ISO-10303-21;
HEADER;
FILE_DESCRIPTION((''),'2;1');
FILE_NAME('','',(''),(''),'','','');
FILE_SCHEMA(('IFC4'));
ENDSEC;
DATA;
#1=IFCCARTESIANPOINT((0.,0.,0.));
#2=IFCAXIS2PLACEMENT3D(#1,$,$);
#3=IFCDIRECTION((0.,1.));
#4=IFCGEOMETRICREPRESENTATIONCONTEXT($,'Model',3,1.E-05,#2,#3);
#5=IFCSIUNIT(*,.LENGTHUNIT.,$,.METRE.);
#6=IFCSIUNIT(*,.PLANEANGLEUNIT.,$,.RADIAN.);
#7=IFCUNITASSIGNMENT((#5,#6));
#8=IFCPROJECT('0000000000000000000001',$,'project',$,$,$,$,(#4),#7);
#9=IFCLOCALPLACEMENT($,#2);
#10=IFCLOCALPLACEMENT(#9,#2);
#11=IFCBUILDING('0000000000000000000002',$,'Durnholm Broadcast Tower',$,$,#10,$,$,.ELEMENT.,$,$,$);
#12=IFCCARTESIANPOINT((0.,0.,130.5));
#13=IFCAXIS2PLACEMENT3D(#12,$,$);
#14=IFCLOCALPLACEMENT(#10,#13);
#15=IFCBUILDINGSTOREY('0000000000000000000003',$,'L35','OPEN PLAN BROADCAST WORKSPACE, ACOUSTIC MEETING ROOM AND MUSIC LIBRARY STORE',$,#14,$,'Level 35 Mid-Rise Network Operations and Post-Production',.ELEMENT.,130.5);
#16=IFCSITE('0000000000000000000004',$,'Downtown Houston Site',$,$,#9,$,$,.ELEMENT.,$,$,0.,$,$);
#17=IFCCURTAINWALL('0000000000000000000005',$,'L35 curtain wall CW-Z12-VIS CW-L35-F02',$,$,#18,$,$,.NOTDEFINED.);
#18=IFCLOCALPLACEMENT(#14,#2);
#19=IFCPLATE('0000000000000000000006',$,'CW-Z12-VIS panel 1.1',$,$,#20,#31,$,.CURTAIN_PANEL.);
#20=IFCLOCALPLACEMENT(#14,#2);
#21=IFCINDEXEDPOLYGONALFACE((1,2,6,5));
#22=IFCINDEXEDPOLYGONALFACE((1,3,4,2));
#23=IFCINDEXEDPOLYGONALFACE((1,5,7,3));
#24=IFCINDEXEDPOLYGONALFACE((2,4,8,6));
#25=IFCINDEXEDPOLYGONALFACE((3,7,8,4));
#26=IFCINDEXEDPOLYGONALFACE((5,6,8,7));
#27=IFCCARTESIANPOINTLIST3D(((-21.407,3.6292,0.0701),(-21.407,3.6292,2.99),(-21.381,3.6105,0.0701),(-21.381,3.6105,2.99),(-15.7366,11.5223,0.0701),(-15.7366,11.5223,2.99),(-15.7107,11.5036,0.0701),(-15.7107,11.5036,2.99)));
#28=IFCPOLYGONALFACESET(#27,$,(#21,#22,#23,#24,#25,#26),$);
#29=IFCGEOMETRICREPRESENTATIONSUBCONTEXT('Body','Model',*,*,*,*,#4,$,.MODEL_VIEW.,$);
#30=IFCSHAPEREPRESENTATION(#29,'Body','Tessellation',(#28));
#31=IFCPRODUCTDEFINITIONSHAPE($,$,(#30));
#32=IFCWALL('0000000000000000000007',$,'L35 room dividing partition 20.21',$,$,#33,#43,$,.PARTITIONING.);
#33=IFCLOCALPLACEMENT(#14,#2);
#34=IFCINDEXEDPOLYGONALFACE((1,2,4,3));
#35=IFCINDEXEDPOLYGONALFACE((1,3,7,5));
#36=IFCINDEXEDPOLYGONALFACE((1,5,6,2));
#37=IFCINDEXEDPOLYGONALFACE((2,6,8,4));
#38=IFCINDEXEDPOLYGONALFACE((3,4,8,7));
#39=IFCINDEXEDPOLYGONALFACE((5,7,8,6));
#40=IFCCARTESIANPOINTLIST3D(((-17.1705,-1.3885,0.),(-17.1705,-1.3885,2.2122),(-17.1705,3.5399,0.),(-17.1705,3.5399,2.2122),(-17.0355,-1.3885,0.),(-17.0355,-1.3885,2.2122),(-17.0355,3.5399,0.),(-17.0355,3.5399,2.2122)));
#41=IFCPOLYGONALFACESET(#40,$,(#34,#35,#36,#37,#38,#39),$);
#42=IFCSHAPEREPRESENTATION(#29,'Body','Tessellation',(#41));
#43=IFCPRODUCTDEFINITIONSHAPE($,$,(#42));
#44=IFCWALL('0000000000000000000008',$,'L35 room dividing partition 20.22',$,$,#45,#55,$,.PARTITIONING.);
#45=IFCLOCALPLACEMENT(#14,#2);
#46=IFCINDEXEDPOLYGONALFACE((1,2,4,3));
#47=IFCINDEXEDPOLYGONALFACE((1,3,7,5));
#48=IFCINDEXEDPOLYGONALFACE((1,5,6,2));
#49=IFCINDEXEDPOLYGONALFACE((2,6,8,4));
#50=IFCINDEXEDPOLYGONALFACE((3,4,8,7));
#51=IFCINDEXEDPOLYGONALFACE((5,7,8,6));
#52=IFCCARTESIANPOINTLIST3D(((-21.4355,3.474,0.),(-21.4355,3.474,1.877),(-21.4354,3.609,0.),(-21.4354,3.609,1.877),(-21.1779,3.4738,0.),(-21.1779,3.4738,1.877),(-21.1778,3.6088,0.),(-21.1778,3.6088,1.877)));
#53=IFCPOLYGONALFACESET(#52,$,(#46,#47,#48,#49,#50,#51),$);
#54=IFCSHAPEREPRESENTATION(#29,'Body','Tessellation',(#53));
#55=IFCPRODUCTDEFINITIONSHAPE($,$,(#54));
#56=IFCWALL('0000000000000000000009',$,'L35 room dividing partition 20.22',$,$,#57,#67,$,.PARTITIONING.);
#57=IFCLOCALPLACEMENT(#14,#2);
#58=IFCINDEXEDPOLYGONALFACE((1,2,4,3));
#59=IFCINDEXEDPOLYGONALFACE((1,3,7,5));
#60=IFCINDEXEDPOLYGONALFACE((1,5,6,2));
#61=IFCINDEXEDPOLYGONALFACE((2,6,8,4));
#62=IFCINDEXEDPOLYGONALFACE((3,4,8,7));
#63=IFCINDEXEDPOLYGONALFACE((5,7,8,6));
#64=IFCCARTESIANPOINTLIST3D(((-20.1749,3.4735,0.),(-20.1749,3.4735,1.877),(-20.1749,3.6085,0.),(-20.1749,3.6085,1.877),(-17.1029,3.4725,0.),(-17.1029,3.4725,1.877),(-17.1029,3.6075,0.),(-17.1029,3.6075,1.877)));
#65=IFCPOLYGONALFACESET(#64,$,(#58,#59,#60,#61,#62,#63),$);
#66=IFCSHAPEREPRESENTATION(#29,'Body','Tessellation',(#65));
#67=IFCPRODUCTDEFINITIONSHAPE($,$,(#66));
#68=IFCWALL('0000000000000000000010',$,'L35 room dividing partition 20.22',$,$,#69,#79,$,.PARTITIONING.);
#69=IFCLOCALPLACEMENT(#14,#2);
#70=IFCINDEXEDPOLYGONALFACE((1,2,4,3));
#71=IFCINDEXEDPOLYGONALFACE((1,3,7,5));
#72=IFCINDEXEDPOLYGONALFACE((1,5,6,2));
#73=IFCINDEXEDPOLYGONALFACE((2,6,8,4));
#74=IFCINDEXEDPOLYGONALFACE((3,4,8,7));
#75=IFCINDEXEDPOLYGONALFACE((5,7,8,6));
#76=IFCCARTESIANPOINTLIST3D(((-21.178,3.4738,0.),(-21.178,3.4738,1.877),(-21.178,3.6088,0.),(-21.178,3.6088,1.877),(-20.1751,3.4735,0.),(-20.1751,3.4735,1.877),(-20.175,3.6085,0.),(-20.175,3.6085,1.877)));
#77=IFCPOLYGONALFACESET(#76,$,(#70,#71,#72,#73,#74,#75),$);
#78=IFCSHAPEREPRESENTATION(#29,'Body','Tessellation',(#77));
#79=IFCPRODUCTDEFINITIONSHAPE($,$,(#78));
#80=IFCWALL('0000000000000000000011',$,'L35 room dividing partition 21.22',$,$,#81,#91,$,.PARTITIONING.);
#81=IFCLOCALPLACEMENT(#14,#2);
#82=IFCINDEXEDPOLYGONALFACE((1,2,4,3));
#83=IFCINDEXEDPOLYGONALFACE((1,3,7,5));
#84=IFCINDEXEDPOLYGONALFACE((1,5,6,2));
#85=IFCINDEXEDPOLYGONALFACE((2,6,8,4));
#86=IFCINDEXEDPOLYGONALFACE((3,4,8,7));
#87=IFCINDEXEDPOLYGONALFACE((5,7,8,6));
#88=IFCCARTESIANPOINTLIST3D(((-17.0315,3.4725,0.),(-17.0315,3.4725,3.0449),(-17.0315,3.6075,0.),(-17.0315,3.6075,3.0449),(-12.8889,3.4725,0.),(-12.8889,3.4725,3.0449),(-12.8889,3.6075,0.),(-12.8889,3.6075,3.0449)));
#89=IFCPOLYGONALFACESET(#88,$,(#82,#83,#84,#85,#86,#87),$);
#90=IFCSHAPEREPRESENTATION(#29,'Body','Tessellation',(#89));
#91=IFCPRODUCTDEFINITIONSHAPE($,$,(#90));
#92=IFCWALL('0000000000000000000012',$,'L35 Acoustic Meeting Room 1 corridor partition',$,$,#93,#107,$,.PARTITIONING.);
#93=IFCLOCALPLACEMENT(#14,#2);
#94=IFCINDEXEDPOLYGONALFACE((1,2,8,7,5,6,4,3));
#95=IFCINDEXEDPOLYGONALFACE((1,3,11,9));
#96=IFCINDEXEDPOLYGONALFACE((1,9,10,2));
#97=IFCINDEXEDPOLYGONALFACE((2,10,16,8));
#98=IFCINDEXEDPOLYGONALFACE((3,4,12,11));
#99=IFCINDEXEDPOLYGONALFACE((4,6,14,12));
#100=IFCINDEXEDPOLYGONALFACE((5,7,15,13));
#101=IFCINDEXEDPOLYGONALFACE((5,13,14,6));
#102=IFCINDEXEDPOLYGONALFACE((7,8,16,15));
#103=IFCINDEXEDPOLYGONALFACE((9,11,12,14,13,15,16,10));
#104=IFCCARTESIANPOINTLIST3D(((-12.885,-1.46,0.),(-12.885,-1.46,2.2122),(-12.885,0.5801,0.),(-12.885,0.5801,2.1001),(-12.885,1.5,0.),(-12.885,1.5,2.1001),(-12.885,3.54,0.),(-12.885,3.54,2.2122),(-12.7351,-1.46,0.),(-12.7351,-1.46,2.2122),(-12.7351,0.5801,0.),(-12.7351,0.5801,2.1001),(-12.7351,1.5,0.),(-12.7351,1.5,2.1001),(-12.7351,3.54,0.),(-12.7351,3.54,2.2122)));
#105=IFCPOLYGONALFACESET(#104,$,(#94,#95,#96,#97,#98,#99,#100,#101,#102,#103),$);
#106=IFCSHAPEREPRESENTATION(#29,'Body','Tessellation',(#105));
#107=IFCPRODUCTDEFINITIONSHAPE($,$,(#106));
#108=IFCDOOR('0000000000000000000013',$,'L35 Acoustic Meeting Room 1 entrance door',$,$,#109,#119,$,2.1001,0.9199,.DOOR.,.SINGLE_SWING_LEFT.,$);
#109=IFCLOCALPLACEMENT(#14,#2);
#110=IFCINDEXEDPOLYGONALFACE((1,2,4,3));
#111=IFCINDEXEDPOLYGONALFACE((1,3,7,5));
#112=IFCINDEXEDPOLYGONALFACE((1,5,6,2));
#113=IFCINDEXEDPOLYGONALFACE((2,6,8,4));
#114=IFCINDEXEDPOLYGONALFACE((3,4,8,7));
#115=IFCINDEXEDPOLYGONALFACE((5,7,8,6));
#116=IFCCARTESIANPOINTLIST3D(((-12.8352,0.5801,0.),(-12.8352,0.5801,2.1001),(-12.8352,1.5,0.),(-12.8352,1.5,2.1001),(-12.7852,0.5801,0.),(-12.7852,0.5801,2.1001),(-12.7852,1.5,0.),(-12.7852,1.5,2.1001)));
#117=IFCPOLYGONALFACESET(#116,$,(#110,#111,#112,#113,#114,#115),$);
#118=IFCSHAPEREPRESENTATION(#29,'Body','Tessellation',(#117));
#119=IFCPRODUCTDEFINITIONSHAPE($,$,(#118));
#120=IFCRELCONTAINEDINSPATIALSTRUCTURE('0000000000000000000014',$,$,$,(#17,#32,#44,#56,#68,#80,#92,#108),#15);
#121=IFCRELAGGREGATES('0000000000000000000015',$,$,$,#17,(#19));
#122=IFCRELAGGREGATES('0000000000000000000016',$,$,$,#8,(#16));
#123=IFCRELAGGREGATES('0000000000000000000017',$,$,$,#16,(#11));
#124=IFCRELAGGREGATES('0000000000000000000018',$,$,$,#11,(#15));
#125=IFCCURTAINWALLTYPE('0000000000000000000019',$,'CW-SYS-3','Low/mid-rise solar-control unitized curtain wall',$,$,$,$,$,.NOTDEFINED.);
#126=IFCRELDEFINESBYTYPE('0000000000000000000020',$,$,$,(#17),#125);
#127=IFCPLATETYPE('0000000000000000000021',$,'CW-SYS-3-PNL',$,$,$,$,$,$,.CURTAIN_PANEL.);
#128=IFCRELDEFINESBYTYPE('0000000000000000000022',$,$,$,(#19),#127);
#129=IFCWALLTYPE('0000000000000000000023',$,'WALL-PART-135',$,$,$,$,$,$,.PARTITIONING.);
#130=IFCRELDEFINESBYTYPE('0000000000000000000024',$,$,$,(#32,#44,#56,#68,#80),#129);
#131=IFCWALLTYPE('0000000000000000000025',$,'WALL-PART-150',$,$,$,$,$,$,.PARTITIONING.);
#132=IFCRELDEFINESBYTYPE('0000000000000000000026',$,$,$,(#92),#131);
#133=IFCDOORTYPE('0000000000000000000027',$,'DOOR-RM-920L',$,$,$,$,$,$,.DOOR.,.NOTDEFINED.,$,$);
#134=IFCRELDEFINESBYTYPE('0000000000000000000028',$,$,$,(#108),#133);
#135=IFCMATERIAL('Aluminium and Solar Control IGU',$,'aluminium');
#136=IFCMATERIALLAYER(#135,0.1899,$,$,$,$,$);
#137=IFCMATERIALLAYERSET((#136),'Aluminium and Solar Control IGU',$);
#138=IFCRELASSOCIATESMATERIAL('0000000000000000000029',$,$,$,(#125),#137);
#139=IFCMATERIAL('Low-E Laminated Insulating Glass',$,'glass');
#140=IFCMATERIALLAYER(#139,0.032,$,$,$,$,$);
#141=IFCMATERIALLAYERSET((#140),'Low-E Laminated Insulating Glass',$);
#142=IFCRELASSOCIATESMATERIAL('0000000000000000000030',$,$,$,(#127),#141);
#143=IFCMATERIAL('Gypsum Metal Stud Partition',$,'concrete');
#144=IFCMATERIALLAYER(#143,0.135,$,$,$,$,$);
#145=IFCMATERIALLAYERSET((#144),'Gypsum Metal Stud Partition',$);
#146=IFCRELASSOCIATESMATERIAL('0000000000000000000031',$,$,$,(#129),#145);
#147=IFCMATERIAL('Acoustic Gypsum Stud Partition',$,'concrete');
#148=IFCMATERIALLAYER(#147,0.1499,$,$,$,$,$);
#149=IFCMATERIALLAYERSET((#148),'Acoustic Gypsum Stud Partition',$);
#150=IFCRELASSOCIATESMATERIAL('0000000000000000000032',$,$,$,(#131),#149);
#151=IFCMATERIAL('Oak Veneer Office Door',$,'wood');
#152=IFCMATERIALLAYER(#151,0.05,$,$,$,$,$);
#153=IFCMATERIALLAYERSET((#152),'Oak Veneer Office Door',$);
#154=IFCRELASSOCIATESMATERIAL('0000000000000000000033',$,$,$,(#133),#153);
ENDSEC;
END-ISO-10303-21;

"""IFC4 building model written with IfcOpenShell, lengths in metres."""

from ifc_helpers import new_model, si_unit, direction, frame, frame_2d, origin, origin_2d, place, context, subcontext, project, spatial, rectangle, extrude, source, transform, mapped, material, layer, layer_set, type_object, type_shapes, element, fill, aggregate, save


model = new_model("IFC4")

# Units and contexts
model_context = context("Model", 3, precision=1e-05, world=origin(), true_north=direction((0.0, 1.0)))
body_context = subcontext(model_context, "Body", "Model", "MODEL_VIEW")
ifc_project = project(units=[si_unit("LENGTHUNIT", "METRE"), si_unit("PLANEANGLEUNIT", "RADIAN")], contexts=[model_context])

# Site, building, storey
site_placement = place(None, origin())
site = spatial("IfcSite", under=ifc_project, at=site_placement, Name="Downtown Houston Site", CompositionType="ELEMENT", RefElevation=0.0)
building_placement = place(site_placement, origin())
building = spatial("IfcBuilding", under=site, at=building_placement, Name="Durnholm Broadcast Tower", CompositionType="ELEMENT")
storey_placement = place(building_placement, frame((0.0, 0.0, 130.5)))
storey = spatial("IfcBuildingStorey", under=building, at=storey_placement, Name="L35", Description="OPEN PLAN BROADCAST WORKSPACE, ACOUSTIC MEETING ROOM AND MUSIC LIBRARY STORE", LongName="Level 35 Mid-Rise Network Operations and Post-Production", CompositionType="ELEMENT", Elevation=130.5)

# Shared definitions
ifc_material_1 = material(Name="Aluminium and Solar Control IGU", Category="aluminium")

# Curtain wall
ifc_layer_1 = layer(ifc_material_1, 0.1899)
ifc_layer_set_1 = layer_set([ifc_layer_1], Name="Aluminium and Solar Control IGU")
curtain_wall_type_1 = type_object("IfcCurtainWallType", Name="CW-SYS-3", Description="Low/mid-rise solar-control unitized curtain wall", PredefinedType="NOTDEFINED", material=ifc_layer_set_1)
curtain_wall_1_placement = place(storey_placement, origin())
curtain_wall_1 = element("IfcCurtainWall", 1, at=curtain_wall_1_placement, inside=storey, type_object=curtain_wall_type_1, Name="L35 curtain wall CW-Z12-VIS CW-L35-F02", PredefinedType="NOTDEFINED")

# Plate
ifc_material_2 = material(Name="Low-E Laminated Insulating Glass", Category="glass")
ifc_layer_2 = layer(ifc_material_2, 0.032)
ifc_layer_set_2 = layer_set([ifc_layer_2], Name="Low-E Laminated Insulating Glass")
plate_type_1 = type_object("IfcPlateType", Name="CW-SYS-3-PNL", PredefinedType="CURTAIN_PANEL", material=ifc_layer_set_2)
shared_shape_1 = source(origin(), body_context, "Body", "SweptSolid", [
    extrude(rectangle(XDim=9.7188, YDim=0.032, at=origin_2d()), origin(), (0.0, 0.0, 1.0), 2.9199),
])
type_shapes(plate_type_1, [shared_shape_1])
plate_1_placement = place(storey_placement, frame((-18.5588, 7.5664, 0.0701), z_axis=(0.0, 0.0, 1.0), x_axis=(0.583445, 0.812152, 0.0)))
plate_1 = element("IfcPlate", 2, at=plate_1_placement, type_object=plate_type_1, Name="CW-Z12-VIS panel 1.1", PredefinedType="CURTAIN_PANEL", context=body_context, shape_type="MappedRepresentation", body=[
    mapped(shared_shape_1, transform((0.0, 0.0, 0.0), x_axis=(1.0, 0.0, 0.0), y_axis=(0.0, 1.0, 0.0), z_axis=(0.0, 0.0, 1.0), scale=1.0)),
])
aggregate(curtain_wall_1, [plate_1])

# Walls
ifc_material_3 = material(Name="Gypsum Metal Stud Partition", Category="concrete")
ifc_layer_3 = layer(ifc_material_3, 0.135)
ifc_layer_set_3 = layer_set([ifc_layer_3], Name="Gypsum Metal Stud Partition")
wall_type_1 = type_object("IfcWallType", Name="WALL-PART-135", PredefinedType="PARTITIONING", material=ifc_layer_set_3)
wall_1_placement = place(storey_placement, frame((-17.103, 3.54, 0.0), z_axis=(0.0, 0.0, 1.0), x_axis=(0.0, -1.0, 0.0)))
element("IfcWall", 3, at=wall_1_placement, inside=storey, type_object=wall_type_1, Name="L35 room dividing partition 20.21", PredefinedType="PARTITIONING", context=body_context, shape_type="SweptSolid", body=[
    extrude(rectangle(XDim=4.9285, YDim=0.135, at=frame_2d((2.4644, 0.0))), origin(), (0.0, 0.0, 1.0), 2.2122),
])
wall_2_placement = place(storey_placement, frame((-21.4355, 3.5415, 0.0), z_axis=(0.0, 0.0, 1.0), x_axis=(1.0, -0.000948, 0.0)))
element("IfcWall", 4, at=wall_2_placement, inside=storey, type_object=wall_type_1, Name="L35 room dividing partition 20.22", PredefinedType="PARTITIONING", context=body_context, shape_type="SweptSolid", body=[
    extrude(rectangle(XDim=0.2576, YDim=0.135, at=frame_2d((0.1289, 0.0))), origin(), (0.0, 0.0, 1.0), 1.877),
])
wall_3_placement = place(storey_placement, frame((-20.175, 3.541, 0.0), z_axis=(0.0, 0.0, 1.0), x_axis=(1.0, -0.000318, 0.0)))
element("IfcWall", 5, at=wall_3_placement, inside=storey, type_object=wall_type_1, Name="L35 room dividing partition 20.22", PredefinedType="PARTITIONING", context=body_context, shape_type="SweptSolid", body=[
    extrude(rectangle(XDim=3.072, YDim=0.135, at=frame_2d((1.5361, 0.0))), origin(), (0.0, 0.0, 1.0), 1.877),
])
wall_4_placement = place(storey_placement, frame((-21.178, 3.5413, 0.0), z_axis=(0.0, 0.0, 1.0), x_axis=(1.0, -0.000243, 0.0)))
element("IfcWall", 6, at=wall_4_placement, inside=storey, type_object=wall_type_1, Name="L35 room dividing partition 20.22", PredefinedType="PARTITIONING", context=body_context, shape_type="SweptSolid", body=[
    extrude(rectangle(XDim=1.0029, YDim=0.135, at=frame_2d((0.5015, 0.0))), origin(), (0.0, 0.0, 1.0), 1.877),
])
wall_5_placement = place(storey_placement, frame((-17.0315, 3.54, 0.0), z_axis=(0.0, 0.0, 1.0), x_axis=(1.0, 0.0, 0.0)))
element("IfcWall", 7, at=wall_5_placement, inside=storey, type_object=wall_type_1, Name="L35 room dividing partition 21.22", PredefinedType="PARTITIONING", context=body_context, shape_type="SweptSolid", body=[
    extrude(rectangle(XDim=4.1426, YDim=0.135, at=frame_2d((2.0713, 0.0))), origin(), (0.0, 0.0, 1.0), 3.0449),
])

# Wall, opening, door
ifc_material_4 = material(Name="Acoustic Gypsum Stud Partition", Category="concrete")
ifc_layer_4 = layer(ifc_material_4, 0.1499)
ifc_layer_set_4 = layer_set([ifc_layer_4], Name="Acoustic Gypsum Stud Partition")
wall_type_2 = type_object("IfcWallType", Name="WALL-PART-150", PredefinedType="PARTITIONING", material=ifc_layer_set_4)
wall_6_placement = place(storey_placement, frame((-12.8101, 3.54, 0.0), z_axis=(0.0, 0.0, 1.0), x_axis=(0.0, -1.0, 0.0)))
wall_6 = element("IfcWall", 8, at=wall_6_placement, inside=storey, type_object=wall_type_2, Name="L35 Acoustic Meeting Room 1 corridor partition", PredefinedType="PARTITIONING", context=body_context, shape_type="SweptSolid", body=[
    extrude(rectangle(XDim=5.0, YDim=0.1499, at=frame_2d((2.5, 0.0))), origin(), (0.0, 0.0, 1.0), 2.2122),
])
opening_placement = place(wall_6_placement, frame((2.04, 0.0, 0.0)))
opening = element("IfcOpeningElement", 9, at=opening_placement, cuts=wall_6, PredefinedType="OPENING", context=body_context, shape_type="SweptSolid", body=[
    extrude(rectangle(XDim=0.9199, YDim=2.1001, at=frame_2d((0.46, 1.05))), frame((0.0, 0.085, 0.0), z_axis=(0.0, -1.0, 0.0), x_axis=(1.0, 0.0, 0.0)), (0.0, 0.0, 1.0), 0.1699),
])
ifc_material_5 = material(Name="Oak Veneer Office Door", Category="wood")
ifc_layer_5 = layer(ifc_material_5, 0.05)
ifc_layer_set_5 = layer_set([ifc_layer_5], Name="Oak Veneer Office Door")
door_type = type_object("IfcDoorType", Name="DOOR-RM-920L", OperationType="NOTDEFINED", PredefinedType="DOOR", material=ifc_layer_set_5)
shared_shape_2 = source(origin(), body_context, "Body", "SweptSolid", [
    extrude(rectangle(XDim=0.9199, YDim=2.1001, at=frame_2d((0.46, 1.05))), frame((0.0, 0.0249, 0.0), z_axis=(0.0, -1.0, 0.0), x_axis=(1.0, 0.0, 0.0)), (0.0, 0.0, 1.0), 0.05),
])
type_shapes(door_type, [shared_shape_2])
door_placement = place(opening_placement, origin())
door = element("IfcDoor", 10, at=door_placement, inside=storey, type_object=door_type, Name="L35 Acoustic Meeting Room 1 entrance door", OperationType="SINGLE_SWING_LEFT", OverallHeight=2.1001, OverallWidth=0.9199, PredefinedType="DOOR", context=body_context, shape_type="MappedRepresentation", body=[
    mapped(shared_shape_2, transform((0.0, 0.0, 0.0), x_axis=(1.0, 0.0, 0.0), y_axis=(0.0, 1.0, 0.0), z_axis=(0.0, 0.0, 1.0), scale=1.0)),
])
fill(opening, door)

save(model, "model.ifc")
